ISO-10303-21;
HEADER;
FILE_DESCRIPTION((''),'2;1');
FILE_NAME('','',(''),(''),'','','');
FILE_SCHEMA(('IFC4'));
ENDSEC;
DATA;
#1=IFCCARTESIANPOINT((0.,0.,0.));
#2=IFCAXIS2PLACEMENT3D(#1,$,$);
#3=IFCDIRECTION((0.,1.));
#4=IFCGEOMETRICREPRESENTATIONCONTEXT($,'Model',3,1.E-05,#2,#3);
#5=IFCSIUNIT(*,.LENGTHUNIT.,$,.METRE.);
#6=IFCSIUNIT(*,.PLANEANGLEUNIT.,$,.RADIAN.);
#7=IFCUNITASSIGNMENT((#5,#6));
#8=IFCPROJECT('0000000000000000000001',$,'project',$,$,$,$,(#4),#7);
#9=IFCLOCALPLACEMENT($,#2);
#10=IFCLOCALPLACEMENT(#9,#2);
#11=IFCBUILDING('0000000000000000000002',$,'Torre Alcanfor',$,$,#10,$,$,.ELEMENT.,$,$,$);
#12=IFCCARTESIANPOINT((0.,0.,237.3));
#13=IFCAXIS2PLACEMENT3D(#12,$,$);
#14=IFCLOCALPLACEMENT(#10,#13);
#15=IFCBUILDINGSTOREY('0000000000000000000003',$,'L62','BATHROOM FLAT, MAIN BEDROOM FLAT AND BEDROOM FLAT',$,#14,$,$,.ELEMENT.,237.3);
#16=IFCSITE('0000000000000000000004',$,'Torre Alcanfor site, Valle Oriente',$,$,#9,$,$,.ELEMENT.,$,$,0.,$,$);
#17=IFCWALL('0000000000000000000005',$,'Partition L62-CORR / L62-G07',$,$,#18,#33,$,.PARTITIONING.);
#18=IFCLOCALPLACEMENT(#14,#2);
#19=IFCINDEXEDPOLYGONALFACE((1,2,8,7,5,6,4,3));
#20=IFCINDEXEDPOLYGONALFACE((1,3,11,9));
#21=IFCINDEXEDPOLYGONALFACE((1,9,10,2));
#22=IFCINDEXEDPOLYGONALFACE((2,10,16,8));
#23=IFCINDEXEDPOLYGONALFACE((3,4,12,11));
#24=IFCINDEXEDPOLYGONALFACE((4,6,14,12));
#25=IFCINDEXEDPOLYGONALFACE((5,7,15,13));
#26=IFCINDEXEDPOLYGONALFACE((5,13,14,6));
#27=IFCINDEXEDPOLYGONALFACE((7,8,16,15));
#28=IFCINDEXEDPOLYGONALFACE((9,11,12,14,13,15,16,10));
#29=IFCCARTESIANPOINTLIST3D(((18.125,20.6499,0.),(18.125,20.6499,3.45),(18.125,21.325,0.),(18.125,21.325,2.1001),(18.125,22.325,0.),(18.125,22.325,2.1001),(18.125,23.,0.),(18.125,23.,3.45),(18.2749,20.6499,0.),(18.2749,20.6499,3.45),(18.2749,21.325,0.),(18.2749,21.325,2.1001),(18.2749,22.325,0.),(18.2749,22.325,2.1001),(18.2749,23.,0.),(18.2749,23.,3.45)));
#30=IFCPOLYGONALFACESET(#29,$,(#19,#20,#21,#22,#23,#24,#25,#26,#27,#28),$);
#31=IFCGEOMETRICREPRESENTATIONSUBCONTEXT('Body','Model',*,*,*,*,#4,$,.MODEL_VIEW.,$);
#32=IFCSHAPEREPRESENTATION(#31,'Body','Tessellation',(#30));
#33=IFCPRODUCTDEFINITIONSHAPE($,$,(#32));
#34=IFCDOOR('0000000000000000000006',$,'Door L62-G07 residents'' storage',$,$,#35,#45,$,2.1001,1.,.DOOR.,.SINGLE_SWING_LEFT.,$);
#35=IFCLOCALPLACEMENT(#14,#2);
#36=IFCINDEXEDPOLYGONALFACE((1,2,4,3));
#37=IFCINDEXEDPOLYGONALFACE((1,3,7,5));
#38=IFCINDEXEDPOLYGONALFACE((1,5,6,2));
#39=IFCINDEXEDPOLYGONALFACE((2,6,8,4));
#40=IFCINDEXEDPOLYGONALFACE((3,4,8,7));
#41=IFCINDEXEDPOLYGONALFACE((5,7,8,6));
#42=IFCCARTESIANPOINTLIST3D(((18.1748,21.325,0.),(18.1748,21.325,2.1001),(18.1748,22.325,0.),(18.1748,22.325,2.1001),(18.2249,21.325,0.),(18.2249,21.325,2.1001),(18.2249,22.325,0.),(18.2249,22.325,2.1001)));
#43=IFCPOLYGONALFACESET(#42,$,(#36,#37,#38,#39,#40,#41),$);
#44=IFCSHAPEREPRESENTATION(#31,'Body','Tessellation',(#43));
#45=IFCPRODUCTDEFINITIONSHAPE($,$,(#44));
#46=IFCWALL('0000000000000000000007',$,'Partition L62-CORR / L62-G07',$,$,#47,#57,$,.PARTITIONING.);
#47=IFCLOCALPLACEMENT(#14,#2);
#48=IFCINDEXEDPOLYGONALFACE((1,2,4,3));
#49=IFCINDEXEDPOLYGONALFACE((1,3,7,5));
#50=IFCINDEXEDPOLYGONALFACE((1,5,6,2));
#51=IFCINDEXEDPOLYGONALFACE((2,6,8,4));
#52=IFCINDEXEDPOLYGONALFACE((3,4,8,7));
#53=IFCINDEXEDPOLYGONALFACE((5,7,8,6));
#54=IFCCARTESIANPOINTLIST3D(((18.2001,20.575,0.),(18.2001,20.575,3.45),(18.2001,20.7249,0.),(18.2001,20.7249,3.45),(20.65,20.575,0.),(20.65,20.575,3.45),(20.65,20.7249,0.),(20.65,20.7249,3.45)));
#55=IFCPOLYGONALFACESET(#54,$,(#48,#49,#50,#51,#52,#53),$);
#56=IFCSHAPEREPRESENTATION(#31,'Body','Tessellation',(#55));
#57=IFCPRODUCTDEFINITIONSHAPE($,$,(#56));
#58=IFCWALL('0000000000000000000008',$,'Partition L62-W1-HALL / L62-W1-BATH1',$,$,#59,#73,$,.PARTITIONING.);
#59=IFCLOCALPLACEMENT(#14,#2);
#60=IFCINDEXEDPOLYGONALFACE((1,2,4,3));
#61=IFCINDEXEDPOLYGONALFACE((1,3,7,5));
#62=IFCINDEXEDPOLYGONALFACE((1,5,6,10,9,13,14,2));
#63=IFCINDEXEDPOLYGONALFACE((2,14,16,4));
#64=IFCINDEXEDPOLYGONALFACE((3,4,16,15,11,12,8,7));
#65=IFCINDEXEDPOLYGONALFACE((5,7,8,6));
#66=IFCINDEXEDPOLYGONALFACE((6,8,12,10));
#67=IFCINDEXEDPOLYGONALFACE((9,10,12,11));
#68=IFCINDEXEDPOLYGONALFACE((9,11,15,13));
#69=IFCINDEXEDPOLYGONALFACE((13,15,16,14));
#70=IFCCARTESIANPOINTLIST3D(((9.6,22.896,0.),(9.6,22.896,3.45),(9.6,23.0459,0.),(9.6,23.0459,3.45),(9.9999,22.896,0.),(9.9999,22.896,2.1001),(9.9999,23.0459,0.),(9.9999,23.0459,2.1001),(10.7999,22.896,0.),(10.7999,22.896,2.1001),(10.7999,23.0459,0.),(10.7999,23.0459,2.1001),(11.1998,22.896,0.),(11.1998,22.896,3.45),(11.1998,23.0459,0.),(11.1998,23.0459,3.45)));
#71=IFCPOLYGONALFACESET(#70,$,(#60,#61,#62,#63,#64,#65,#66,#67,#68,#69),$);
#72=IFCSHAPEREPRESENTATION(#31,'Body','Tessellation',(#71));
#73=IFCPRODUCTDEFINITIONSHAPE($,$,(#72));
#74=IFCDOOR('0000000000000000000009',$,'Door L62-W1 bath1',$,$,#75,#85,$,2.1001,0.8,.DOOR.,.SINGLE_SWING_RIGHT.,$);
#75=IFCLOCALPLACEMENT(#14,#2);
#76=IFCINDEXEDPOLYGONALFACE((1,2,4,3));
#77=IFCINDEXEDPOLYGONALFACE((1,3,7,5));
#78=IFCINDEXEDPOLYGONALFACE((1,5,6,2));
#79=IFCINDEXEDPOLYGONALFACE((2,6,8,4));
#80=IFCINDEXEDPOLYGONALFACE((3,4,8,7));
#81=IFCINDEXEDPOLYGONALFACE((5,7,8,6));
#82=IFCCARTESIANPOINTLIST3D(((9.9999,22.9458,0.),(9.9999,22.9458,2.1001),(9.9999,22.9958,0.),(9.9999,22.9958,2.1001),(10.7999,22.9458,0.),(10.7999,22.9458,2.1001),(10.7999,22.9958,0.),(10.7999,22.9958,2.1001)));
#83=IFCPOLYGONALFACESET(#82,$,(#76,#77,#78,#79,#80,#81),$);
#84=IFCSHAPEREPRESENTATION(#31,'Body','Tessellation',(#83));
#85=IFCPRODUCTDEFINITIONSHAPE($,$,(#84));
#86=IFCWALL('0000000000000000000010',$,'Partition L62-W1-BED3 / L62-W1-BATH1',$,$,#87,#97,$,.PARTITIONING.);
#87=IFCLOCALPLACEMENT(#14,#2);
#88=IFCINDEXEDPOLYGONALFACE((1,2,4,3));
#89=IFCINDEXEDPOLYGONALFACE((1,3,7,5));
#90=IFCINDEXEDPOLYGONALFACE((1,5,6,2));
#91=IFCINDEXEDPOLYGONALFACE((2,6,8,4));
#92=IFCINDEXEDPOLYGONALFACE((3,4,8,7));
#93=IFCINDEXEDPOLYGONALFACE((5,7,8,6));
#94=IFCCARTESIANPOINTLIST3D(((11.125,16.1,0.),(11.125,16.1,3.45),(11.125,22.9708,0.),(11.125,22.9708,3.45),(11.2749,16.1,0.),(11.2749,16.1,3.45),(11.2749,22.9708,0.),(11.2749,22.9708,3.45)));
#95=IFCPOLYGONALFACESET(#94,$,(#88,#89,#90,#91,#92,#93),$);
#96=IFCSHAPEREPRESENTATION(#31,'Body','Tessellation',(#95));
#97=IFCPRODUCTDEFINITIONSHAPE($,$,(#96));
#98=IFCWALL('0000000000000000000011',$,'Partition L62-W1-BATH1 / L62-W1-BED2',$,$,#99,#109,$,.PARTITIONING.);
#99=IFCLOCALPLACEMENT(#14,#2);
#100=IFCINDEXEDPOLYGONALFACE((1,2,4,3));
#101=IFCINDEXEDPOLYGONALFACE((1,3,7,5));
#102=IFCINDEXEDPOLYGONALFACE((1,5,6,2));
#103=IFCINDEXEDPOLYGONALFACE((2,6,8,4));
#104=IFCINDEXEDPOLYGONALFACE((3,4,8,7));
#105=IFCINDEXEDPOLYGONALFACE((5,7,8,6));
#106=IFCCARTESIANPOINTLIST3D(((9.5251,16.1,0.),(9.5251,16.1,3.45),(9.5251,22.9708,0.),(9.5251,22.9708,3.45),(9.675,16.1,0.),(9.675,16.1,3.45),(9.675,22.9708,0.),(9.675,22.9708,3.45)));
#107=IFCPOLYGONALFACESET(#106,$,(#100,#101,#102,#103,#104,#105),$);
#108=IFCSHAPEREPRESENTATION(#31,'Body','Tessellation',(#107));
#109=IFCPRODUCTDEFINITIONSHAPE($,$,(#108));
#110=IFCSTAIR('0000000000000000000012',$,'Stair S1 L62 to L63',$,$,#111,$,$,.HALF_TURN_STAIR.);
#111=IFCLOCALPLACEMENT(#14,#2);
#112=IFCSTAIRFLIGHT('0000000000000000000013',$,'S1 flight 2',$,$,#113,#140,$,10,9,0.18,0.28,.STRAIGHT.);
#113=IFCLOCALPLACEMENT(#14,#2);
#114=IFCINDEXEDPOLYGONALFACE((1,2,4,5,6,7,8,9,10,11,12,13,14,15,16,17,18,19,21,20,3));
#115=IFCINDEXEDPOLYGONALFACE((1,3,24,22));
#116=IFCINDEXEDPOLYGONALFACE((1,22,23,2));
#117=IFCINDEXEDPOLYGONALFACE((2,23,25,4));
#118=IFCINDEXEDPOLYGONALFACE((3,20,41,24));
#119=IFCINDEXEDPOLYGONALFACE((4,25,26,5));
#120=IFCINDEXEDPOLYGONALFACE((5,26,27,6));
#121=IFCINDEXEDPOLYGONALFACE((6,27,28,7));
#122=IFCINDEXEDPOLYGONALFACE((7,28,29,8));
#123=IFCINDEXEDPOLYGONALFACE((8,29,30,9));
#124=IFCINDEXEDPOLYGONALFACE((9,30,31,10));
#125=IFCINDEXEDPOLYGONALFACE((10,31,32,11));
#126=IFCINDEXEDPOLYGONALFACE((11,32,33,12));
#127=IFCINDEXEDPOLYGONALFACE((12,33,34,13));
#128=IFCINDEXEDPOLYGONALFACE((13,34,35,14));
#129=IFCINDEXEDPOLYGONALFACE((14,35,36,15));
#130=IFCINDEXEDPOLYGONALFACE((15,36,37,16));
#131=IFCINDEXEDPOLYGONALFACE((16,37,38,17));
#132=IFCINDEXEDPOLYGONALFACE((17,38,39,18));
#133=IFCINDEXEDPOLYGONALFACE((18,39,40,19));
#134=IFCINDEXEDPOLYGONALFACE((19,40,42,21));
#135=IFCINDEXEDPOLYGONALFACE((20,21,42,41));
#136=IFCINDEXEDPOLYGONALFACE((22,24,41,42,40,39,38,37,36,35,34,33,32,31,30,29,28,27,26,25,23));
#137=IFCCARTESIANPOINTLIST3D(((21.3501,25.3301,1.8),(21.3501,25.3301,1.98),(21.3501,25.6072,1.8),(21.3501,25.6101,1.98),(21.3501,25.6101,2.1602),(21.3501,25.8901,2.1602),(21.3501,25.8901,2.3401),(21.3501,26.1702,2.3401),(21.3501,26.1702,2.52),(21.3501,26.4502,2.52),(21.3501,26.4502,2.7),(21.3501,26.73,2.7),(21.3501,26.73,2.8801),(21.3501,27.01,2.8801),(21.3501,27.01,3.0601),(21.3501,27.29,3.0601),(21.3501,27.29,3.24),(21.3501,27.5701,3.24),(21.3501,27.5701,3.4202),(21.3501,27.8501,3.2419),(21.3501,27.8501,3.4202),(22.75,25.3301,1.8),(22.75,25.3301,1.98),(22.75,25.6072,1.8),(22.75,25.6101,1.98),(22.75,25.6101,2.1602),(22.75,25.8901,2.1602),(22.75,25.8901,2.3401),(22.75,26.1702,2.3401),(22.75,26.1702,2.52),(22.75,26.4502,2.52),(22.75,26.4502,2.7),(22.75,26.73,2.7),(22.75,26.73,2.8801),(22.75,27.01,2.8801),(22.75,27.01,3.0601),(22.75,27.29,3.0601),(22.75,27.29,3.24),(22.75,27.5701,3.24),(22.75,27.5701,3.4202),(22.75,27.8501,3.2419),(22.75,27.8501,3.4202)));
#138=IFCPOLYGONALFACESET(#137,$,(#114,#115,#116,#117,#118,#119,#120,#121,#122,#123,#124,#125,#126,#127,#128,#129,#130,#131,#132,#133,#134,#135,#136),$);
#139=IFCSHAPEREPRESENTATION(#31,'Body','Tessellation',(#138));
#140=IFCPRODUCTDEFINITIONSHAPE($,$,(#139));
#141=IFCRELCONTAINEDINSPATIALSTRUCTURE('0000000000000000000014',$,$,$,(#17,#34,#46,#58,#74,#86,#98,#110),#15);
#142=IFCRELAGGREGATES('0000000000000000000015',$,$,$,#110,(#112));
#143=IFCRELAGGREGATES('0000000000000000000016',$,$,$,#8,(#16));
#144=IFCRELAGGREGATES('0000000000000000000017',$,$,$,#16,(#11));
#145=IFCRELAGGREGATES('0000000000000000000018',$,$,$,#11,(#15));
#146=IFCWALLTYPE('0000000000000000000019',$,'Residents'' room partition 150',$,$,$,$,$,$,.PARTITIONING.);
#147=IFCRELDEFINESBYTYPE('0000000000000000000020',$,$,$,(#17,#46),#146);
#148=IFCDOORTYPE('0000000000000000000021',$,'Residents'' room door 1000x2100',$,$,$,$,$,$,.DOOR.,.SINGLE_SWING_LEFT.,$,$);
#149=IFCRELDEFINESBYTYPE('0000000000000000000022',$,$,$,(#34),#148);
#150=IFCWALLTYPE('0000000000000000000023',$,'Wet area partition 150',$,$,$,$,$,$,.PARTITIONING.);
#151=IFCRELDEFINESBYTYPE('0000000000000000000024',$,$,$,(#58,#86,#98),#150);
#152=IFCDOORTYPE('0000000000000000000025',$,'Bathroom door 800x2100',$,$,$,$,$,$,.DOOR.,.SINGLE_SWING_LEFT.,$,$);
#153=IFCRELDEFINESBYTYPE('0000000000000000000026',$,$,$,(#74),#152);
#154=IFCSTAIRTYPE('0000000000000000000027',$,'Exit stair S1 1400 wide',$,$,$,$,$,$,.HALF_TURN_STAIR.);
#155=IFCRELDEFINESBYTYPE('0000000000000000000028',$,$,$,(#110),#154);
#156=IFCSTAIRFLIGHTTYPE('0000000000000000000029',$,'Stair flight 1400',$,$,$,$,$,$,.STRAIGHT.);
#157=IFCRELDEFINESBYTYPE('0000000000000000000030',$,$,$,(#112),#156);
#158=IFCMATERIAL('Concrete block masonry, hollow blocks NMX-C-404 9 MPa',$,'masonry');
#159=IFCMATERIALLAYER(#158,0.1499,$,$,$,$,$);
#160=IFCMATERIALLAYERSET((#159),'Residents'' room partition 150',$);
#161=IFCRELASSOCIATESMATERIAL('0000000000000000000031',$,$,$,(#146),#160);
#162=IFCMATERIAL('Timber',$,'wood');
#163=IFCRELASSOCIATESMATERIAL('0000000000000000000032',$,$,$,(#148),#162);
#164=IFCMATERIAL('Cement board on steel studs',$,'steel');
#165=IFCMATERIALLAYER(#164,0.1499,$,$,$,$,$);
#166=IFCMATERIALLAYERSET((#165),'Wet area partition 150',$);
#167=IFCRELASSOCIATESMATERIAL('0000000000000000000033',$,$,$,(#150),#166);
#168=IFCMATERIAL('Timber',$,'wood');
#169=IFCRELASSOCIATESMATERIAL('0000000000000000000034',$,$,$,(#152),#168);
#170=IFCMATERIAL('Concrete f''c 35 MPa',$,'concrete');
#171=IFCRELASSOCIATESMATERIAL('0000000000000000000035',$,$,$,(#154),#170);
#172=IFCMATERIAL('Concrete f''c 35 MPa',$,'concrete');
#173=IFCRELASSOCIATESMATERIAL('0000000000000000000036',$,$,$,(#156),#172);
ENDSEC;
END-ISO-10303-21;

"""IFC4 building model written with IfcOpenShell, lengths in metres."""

from ifc_helpers import new_model, si_unit, direction, frame, frame_2d, origin, place, context, subcontext, project, spatial, polyline, rectangle, outline, extrude, material, layer, layer_set, type_object, element, fill, aggregate, save


model = new_model("IFC4")

# Units and contexts
model_context = context("Model", 3, precision=1e-05, world=origin(), true_north=direction((0.0, 1.0)))
body_context = subcontext(model_context, "Body", "Model", "MODEL_VIEW")
ifc_project = project(units=[si_unit("LENGTHUNIT", "METRE"), si_unit("PLANEANGLEUNIT", "RADIAN")], contexts=[model_context])

# Site, building, storey
site_placement = place(None, origin())
site = spatial("IfcSite", under=ifc_project, at=site_placement, Name="Torre Alcanfor site, Valle Oriente", CompositionType="ELEMENT", RefElevation=0.0)
building_placement = place(site_placement, origin())
building = spatial("IfcBuilding", under=site, at=building_placement, Name="Torre Alcanfor", CompositionType="ELEMENT")
storey_placement = place(building_placement, frame((0.0, 0.0, 237.3)))
storey = spatial("IfcBuildingStorey", under=building, at=storey_placement, Name="L62", Description="BATHROOM FLAT, MAIN BEDROOM FLAT AND BEDROOM FLAT", CompositionType="ELEMENT", Elevation=237.3)

# Shared definitions
ifc_material_1 = material(Name="Concrete block masonry, hollow blocks NMX-C-404 9 MPa", Category="masonry")
ifc_layer_1 = layer(ifc_material_1, 0.1499)
ifc_layer_set_1 = layer_set([ifc_layer_1], Name="Residents' room partition 150")
wall_type_1 = type_object("IfcWallType", Name="Residents' room partition 150", PredefinedType="PARTITIONING", material=ifc_layer_set_1)

# Shared definitions
ifc_material_2 = material(Name="Timber", Category="wood")
door_type_1 = type_object("IfcDoorType", Name="Residents' room door 1000x2100", OperationType="SINGLE_SWING_LEFT", PredefinedType="DOOR", material=ifc_material_2)

# Wall, opening, door
wall_1_placement = place(storey_placement, frame((18.2, 23.0, 0.0), z_axis=(0.0, 0.0, 1.0), x_axis=(0.0, -1.0, 0.0)))
wall_1 = element("IfcWall", 1, at=wall_1_placement, inside=storey, type_object=wall_type_1, Name="Partition L62-CORR / L62-G07", PredefinedType="PARTITIONING", context=body_context, shape_type="SweptSolid", body=[
    extrude(rectangle(XDim=2.3501, YDim=0.1499, at=frame_2d((1.175, 0.0))), origin(), (0.0, 0.0, 1.0), 3.45),
])
opening_1_placement = place(wall_1_placement, frame((0.675, 0.0, 0.0)))
opening_1 = element("IfcOpeningElement", 2, at=opening_1_placement, cuts=wall_1, PredefinedType="OPENING", context=body_context, shape_type="SweptSolid", body=[
    extrude(rectangle(XDim=1.0, YDim=2.1001, at=frame_2d((0.5, 1.05))), frame((0.0, 0.085, 0.0), z_axis=(0.0, -1.0, 0.0), x_axis=(1.0, 0.0, 0.0)), (0.0, 0.0, 1.0), 0.1699),
])
door_1_placement = place(opening_1_placement, origin())
door_1 = element("IfcDoor", 3, at=door_1_placement, inside=storey, type_object=door_type_1, Name="Door L62-G07 residents' storage", OperationType="SINGLE_SWING_LEFT", OverallHeight=2.1001, OverallWidth=1.0, PredefinedType="DOOR", context=body_context, shape_type="SweptSolid", body=[
    extrude(rectangle(XDim=1.0, YDim=2.1001, at=frame_2d((0.5, 1.05))), frame((0.0, 0.0249, 0.0), z_axis=(0.0, -1.0, 0.0), x_axis=(1.0, 0.0, 0.0)), (0.0, 0.0, 1.0), 0.05),
])
fill(opening_1, door_1)

# Wall
wall_2_placement = place(storey_placement, frame((18.2, 20.6499, 0.0), z_axis=(0.0, 0.0, 1.0), x_axis=(1.0, 0.0, 0.0)))
element("IfcWall", 4, at=wall_2_placement, inside=storey, type_object=wall_type_1, Name="Partition L62-CORR / L62-G07", PredefinedType="PARTITIONING", context=body_context, shape_type="SweptSolid", body=[
    extrude(rectangle(XDim=2.45, YDim=0.1499, at=frame_2d((1.2251, 0.0))), origin(), (0.0, 0.0, 1.0), 3.45),
])

# Wall, opening, door
ifc_material_3 = material(Name="Cement board on steel studs", Category="steel")
ifc_layer_2 = layer(ifc_material_3, 0.1499)
ifc_layer_set_2 = layer_set([ifc_layer_2], Name="Wet area partition 150")
wall_type_2 = type_object("IfcWallType", Name="Wet area partition 150", PredefinedType="PARTITIONING", material=ifc_layer_set_2)
wall_3_placement = place(storey_placement, frame((9.6001, 22.9709, 0.0), z_axis=(0.0, 0.0, 1.0), x_axis=(1.0, 0.0, 0.0)))
wall_3 = element("IfcWall", 5, at=wall_3_placement, inside=storey, type_object=wall_type_2, Name="Partition L62-W1-HALL / L62-W1-BATH1", PredefinedType="PARTITIONING", context=body_context, shape_type="SweptSolid", body=[
    extrude(rectangle(XDim=1.5999, YDim=0.1499, at=frame_2d((0.7998, 0.0))), origin(), (0.0, 0.0, 1.0), 3.45),
])
opening_2_placement = place(wall_3_placement, frame((0.3999, 0.0, 0.0)))
opening_2 = element("IfcOpeningElement", 6, at=opening_2_placement, cuts=wall_3, PredefinedType="OPENING", context=body_context, shape_type="SweptSolid", body=[
    extrude(rectangle(XDim=0.8, YDim=2.1001, at=frame_2d((0.3999, 1.05))), frame((0.0, 0.085, 0.0), z_axis=(0.0, -1.0, 0.0), x_axis=(1.0, 0.0, 0.0)), (0.0, 0.0, 1.0), 0.1699),
])
ifc_material_4 = material(Name="Timber", Category="wood")
door_type_2 = type_object("IfcDoorType", Name="Bathroom door 800x2100", OperationType="SINGLE_SWING_LEFT", PredefinedType="DOOR", material=ifc_material_4)
door_2_placement = place(opening_2_placement, frame((0.8, 0.0, 0.0), z_axis=(0.0, 0.0, 1.0), x_axis=(-1.0, 0.0, 0.0)))
door_2 = element("IfcDoor", 7, at=door_2_placement, inside=storey, type_object=door_type_2, Name="Door L62-W1 bath1", OperationType="SINGLE_SWING_RIGHT", OverallHeight=2.1001, OverallWidth=0.8, PredefinedType="DOOR", context=body_context, shape_type="SweptSolid", body=[
    extrude(rectangle(XDim=0.8, YDim=2.1001, at=frame_2d((0.4001, 1.05))), frame((0.0, 0.0251, 0.0), z_axis=(0.0, -1.0, 0.0), x_axis=(1.0, 0.0, 0.0)), (0.0, 0.0, 1.0), 0.05),
])
fill(opening_2, door_2)

# Walls
for number, where, z_axis, x_axis, name in (
    (8, (11.2, 22.9709, 0.0), (0.0, 0.0, 1.0), (0.0, -1.0, 0.0), "Partition L62-W1-BED3 / L62-W1-BATH1"),
    (9, (9.6001, 22.9709, 0.0), (0.0, 0.0, 1.0), (0.0, -1.0, 0.0), "Partition L62-W1-BATH1 / L62-W1-BED2"),
):
    element("IfcWall", number, at=place(storey_placement, frame(where, z_axis=z_axis, x_axis=x_axis)), inside=storey, type_object=wall_type_2, Name=name, PredefinedType="PARTITIONING", context=body_context, shape_type="SweptSolid", body=[
        extrude(rectangle(XDim=6.8708, YDim=0.1499, at=frame_2d((3.4355, 0.0))), origin(), (0.0, 0.0, 1.0), 3.45),
    ])

# Stair, stair flight
ifc_material_5 = material(Name="Concrete f'c 35 MPa", Category="concrete")
stair_type = type_object("IfcStairType", Name="Exit stair S1 1400 wide", PredefinedType="HALF_TURN_STAIR", material=ifc_material_5)
stair_placement = place(storey_placement, origin())
stair = element("IfcStair", 10, at=stair_placement, inside=storey, type_object=stair_type, Name="Stair S1 L62 to L63", PredefinedType="HALF_TURN_STAIR")
ifc_material_6 = material(Name="Concrete f'c 35 MPa", Category="concrete")
stair_flight_type = type_object("IfcStairFlightType", Name="Stair flight 1400", PredefinedType="STRAIGHT", material=ifc_material_6)
stair_flight_placement = place(storey_placement, frame((22.05, 25.3301, 1.8), z_axis=(0.0, 0.0, 1.0), x_axis=(0.0, 1.0, 0.0)))
stair_flight = element("IfcStairFlight", 11, at=stair_flight_placement, type_object=stair_flight_type, Name="S1 flight 2", NumberOfRisers=10, NumberOfTreads=9, PredefinedType="STRAIGHT", RiserHeight=0.18, TreadLength=0.28, context=body_context, shape_type="SweptSolid", body=[
    extrude(outline(polyline([(0.0, 0.0), (0.0, 0.1799), (0.28, 0.1799), (0.28, 0.3601), (0.5601, 0.3601), (0.5601, 0.54), (0.8401, 0.54), (0.8401, 0.72), (1.1201, 0.72), (1.1201, 0.8999), (1.3999, 0.8999), (1.3999, 1.0801), (1.6799, 1.0801), (1.6799, 1.26), (1.96, 1.26), (1.96, 1.4399), (2.24, 1.4399), (2.24, 1.6201), (2.52, 1.6201), (2.52, 1.8), (2.52, 1.4419), (0.2771, 0.0), (0.0, 0.0)])), frame((0.0, 0.7, 0.0), z_axis=(0.0, -1.0, 0.0), x_axis=(1.0, 0.0, 0.0)), (0.0, 0.0, 1.0), 1.3999),
])
aggregate(stair, [stair_flight])

save(model, "model.ifc")
